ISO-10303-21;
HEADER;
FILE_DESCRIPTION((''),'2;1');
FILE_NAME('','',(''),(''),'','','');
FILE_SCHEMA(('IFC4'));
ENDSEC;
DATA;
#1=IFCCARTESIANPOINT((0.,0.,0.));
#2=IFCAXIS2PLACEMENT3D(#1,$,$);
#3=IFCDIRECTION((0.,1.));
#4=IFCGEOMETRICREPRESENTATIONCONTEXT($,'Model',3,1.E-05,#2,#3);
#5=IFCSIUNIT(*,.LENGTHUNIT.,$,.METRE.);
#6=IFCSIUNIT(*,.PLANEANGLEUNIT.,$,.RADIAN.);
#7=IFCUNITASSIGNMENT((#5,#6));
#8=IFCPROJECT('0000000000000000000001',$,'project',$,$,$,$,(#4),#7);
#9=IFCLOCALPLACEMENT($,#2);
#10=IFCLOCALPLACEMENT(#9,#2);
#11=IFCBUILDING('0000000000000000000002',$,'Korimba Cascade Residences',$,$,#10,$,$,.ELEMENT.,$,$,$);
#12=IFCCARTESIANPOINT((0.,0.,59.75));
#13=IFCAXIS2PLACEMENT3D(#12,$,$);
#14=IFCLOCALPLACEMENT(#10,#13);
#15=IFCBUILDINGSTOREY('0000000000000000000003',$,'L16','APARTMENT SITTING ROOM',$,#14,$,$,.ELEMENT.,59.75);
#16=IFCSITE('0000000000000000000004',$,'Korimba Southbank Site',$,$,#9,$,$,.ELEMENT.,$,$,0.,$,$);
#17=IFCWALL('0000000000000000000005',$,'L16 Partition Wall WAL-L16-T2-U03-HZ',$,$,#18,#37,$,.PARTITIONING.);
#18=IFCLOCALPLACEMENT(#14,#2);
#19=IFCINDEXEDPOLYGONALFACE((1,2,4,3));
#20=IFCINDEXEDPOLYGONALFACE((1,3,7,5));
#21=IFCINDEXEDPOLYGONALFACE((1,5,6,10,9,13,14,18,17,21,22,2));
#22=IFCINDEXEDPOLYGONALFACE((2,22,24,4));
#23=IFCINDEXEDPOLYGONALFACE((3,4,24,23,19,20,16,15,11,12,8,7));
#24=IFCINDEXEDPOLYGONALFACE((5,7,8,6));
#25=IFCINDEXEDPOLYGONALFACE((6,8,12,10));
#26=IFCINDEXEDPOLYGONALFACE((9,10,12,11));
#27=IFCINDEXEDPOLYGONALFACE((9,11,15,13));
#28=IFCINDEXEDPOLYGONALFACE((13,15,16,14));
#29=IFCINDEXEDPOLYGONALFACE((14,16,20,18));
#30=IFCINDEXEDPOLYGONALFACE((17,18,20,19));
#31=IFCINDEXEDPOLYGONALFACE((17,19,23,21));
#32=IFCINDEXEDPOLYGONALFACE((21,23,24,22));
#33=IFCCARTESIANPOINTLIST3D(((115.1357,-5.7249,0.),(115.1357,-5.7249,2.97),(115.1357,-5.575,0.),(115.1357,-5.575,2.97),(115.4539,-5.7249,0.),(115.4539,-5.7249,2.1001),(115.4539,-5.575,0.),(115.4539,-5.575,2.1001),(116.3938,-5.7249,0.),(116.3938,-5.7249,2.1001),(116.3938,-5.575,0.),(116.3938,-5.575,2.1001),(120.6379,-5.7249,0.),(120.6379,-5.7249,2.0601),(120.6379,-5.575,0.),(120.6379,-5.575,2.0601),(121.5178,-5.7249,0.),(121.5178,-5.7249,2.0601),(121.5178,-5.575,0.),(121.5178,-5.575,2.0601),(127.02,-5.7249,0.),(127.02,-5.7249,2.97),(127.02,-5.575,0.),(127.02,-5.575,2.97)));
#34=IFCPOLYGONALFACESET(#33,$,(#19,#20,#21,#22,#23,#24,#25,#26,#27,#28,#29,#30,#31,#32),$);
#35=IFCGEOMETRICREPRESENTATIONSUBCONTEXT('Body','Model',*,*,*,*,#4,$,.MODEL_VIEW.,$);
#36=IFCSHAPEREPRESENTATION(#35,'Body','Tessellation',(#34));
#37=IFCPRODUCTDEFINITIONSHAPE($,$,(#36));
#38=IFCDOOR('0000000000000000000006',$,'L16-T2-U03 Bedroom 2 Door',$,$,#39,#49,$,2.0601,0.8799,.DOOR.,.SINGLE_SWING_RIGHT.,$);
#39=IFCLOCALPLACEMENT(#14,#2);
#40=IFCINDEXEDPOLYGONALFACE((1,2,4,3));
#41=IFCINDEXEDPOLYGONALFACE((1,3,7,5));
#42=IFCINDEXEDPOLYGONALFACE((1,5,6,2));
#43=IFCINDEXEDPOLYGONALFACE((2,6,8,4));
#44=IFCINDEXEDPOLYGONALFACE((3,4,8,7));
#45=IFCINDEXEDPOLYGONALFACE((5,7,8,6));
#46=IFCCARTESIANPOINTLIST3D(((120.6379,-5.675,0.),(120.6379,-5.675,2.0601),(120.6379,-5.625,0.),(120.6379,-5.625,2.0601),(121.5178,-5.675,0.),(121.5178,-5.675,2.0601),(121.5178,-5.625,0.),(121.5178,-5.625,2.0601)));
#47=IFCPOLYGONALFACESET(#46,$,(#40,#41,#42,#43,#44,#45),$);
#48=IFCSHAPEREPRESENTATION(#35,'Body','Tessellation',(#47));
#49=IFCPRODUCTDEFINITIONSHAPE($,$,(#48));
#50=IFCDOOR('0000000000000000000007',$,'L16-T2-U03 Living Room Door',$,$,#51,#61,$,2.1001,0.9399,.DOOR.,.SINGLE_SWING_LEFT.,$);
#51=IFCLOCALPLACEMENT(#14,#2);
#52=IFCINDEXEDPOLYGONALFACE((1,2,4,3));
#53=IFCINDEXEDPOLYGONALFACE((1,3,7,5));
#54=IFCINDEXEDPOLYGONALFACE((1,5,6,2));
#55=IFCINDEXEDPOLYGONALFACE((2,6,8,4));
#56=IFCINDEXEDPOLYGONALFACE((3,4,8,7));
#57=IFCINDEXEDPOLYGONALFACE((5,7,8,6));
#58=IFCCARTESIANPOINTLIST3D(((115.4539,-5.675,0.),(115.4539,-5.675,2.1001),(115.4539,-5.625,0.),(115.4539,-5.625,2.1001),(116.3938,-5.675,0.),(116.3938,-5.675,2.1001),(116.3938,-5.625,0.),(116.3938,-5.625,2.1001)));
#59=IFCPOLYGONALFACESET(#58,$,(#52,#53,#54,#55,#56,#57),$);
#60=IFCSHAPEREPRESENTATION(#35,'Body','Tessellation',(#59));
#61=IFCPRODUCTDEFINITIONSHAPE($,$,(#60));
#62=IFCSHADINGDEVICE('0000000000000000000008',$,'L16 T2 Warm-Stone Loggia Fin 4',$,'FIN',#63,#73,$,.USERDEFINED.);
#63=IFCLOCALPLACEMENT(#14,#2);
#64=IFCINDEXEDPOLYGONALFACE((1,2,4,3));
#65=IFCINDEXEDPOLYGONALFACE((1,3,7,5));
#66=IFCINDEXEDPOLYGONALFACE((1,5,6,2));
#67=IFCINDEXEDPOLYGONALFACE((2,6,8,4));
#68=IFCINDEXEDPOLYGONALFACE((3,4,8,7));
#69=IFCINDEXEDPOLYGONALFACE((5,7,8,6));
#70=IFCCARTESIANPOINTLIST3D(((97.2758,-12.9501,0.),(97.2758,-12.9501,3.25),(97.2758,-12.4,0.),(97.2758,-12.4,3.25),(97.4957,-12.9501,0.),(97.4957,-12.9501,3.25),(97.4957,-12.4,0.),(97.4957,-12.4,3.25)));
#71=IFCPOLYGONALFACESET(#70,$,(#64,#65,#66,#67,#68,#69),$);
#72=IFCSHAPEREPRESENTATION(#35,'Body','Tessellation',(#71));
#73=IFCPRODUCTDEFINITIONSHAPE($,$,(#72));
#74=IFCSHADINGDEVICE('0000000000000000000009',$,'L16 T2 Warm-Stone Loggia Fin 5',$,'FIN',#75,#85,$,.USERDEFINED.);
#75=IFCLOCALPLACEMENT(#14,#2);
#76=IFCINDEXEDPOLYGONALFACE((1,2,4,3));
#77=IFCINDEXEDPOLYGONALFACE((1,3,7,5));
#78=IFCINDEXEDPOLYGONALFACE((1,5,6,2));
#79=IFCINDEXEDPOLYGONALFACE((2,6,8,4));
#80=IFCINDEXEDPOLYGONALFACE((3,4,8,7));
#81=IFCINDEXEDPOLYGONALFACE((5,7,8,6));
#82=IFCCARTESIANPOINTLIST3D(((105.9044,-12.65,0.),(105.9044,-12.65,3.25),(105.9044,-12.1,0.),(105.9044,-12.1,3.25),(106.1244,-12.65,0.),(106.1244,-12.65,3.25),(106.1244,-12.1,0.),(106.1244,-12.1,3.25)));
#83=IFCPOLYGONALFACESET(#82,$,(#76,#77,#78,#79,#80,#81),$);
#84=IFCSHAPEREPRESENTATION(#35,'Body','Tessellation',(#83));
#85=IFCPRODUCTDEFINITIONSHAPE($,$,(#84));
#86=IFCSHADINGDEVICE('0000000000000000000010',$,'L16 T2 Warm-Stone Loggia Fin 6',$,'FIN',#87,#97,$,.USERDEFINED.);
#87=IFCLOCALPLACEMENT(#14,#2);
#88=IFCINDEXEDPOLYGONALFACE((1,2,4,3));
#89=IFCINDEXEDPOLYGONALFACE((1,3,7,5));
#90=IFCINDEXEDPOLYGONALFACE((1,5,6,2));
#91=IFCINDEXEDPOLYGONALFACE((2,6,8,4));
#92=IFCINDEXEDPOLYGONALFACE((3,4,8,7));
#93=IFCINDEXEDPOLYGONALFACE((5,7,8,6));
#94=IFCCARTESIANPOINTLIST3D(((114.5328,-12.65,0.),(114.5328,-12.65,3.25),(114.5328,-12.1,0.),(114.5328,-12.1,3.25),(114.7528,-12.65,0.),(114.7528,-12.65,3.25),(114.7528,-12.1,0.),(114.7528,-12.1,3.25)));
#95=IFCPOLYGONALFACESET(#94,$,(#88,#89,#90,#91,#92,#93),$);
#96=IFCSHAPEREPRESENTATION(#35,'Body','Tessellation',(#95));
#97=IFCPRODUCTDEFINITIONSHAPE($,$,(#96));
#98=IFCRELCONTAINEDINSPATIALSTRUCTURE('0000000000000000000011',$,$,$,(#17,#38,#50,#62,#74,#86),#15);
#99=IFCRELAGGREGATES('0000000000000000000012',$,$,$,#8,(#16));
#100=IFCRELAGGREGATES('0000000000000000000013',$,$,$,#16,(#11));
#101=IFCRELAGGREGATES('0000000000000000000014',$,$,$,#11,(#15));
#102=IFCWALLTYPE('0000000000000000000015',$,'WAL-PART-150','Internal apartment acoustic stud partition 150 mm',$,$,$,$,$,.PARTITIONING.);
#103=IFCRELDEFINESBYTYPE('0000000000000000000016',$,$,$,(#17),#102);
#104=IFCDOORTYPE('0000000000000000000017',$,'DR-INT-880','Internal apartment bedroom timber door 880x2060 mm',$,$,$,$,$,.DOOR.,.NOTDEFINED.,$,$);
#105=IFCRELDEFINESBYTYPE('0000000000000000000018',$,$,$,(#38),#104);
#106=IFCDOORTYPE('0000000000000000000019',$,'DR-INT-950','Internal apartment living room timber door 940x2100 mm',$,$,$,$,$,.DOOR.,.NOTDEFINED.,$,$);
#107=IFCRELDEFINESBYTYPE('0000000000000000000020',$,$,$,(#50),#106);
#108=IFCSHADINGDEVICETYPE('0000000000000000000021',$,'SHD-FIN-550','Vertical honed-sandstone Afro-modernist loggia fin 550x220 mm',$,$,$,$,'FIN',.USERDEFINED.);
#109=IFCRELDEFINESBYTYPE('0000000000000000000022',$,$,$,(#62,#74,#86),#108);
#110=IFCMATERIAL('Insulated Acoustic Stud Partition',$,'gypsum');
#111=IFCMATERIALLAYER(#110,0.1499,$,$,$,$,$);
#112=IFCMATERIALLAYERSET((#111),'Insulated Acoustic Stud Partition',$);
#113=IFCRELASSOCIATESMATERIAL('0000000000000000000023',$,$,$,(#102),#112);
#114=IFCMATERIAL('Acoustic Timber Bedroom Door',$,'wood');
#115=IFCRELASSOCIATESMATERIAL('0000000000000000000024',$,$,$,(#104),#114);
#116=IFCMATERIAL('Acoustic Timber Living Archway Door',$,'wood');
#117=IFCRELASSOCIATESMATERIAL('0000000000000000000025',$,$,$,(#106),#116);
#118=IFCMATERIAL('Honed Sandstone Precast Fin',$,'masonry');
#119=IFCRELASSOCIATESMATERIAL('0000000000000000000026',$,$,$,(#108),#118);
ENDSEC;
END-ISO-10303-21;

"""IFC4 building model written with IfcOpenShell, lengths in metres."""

from ifc_helpers import new_model, si_unit, direction, frame, frame_2d, origin, origin_2d, place, context, subcontext, project, spatial, rectangle, extrude, material, layer, layer_set, type_object, element, fill, save


model = new_model("IFC4")

# Units and contexts
model_context = context("Model", 3, precision=1e-05, world=origin(), true_north=direction((0.0, 1.0)))
body_context = subcontext(model_context, "Body", "Model", "MODEL_VIEW")
ifc_project = project(units=[si_unit("LENGTHUNIT", "METRE"), si_unit("PLANEANGLEUNIT", "RADIAN")], contexts=[model_context])

# Site, building, storey
site_placement = place(None, origin())
site = spatial("IfcSite", under=ifc_project, at=site_placement, Name="Korimba Southbank Site", CompositionType="ELEMENT", RefElevation=0.0)
building_placement = place(site_placement, origin())
building = spatial("IfcBuilding", under=site, at=building_placement, Name="Korimba Cascade Residences", CompositionType="ELEMENT")
storey_placement = place(building_placement, frame((0.0, 0.0, 59.75)))
storey = spatial("IfcBuildingStorey", under=building, at=storey_placement, Name="L16", Description="APARTMENT SITTING ROOM", CompositionType="ELEMENT", Elevation=59.75)

# Shared definitions
ifc_material_1 = material(Name="Insulated Acoustic Stud Partition", Category="gypsum")
ifc_layer_1 = layer(ifc_material_1, 0.1499)
ifc_layer_set_1 = layer_set([ifc_layer_1], Name="Insulated Acoustic Stud Partition")
wall_type_1 = type_object("IfcWallType", Name="WAL-PART-150", Description="Internal apartment acoustic stud partition 150 mm", PredefinedType="PARTITIONING", material=ifc_layer_set_1)

# Wall, openings, doors
wall_1_placement = place(storey_placement, frame((115.1357, -5.6499, 0.0), z_axis=(0.0, 0.0, 1.0), x_axis=(1.0, 0.0, 0.0)))
wall_1 = element("IfcWall", 1, at=wall_1_placement, inside=storey, type_object=wall_type_1, Name="L16 Partition Wall WAL-L16-T2-U03-HZ", PredefinedType="PARTITIONING", context=body_context, shape_type="SweptSolid", body=[
    extrude(rectangle(XDim=11.8843, YDim=0.1499, at=frame_2d((5.9421, 0.0))), origin(), (0.0, 0.0, 1.0), 2.97),
])
opening_1_placement = place(wall_1_placement, frame((0.3181, 0.0, 0.0)))
opening_1 = element("IfcOpeningElement", 2, at=opening_1_placement, cuts=wall_1, PredefinedType="OPENING", context=body_context, shape_type="SweptSolid", body=[
    extrude(rectangle(XDim=0.9399, YDim=2.1001, at=frame_2d((0.47, 1.05))), frame((0.0, 0.085, 0.0), z_axis=(0.0, -1.0, 0.0), x_axis=(1.0, 0.0, 0.0)), (0.0, 0.0, 1.0), 0.1699),
])
opening_2_placement = place(wall_1_placement, frame((5.5022, 0.0, 0.0)))
opening_2 = element("IfcOpeningElement", 3, at=opening_2_placement, cuts=wall_1, PredefinedType="OPENING", context=body_context, shape_type="SweptSolid", body=[
    extrude(rectangle(XDim=0.8799, YDim=2.0601, at=frame_2d((0.4399, 1.03))), frame((0.0, 0.085, 0.0), z_axis=(0.0, -1.0, 0.0), x_axis=(1.0, 0.0, 0.0)), (0.0, 0.0, 1.0), 0.1699),
])
ifc_material_2 = material(Name="Acoustic Timber Bedroom Door", Category="wood")
door_type_1 = type_object("IfcDoorType", Name="DR-INT-880", Description="Internal apartment bedroom timber door 880x2060 mm", OperationType="NOTDEFINED", PredefinedType="DOOR", material=ifc_material_2)
door_1_placement = place(opening_2_placement, origin())
door_1 = element("IfcDoor", 4, at=door_1_placement, inside=storey, type_object=door_type_1, Name="L16-T2-U03 Bedroom 2 Door", OperationType="SINGLE_SWING_RIGHT", OverallHeight=2.0601, OverallWidth=0.8799, PredefinedType="DOOR", context=body_context, shape_type="SweptSolid", body=[
    extrude(rectangle(XDim=0.8799, YDim=2.0601, at=frame_2d((0.4399, 1.03))), frame((0.0, 0.0249, 0.0), z_axis=(0.0, -1.0, 0.0), x_axis=(1.0, 0.0, 0.0)), (0.0, 0.0, 1.0), 0.05),
])
fill(opening_2, door_1)
ifc_material_3 = material(Name="Acoustic Timber Living Archway Door", Category="wood")
door_type_2 = type_object("IfcDoorType", Name="DR-INT-950", Description="Internal apartment living room timber door 940x2100 mm", OperationType="NOTDEFINED", PredefinedType="DOOR", material=ifc_material_3)
door_2_placement = place(opening_1_placement, origin())
door_2 = element("IfcDoor", 5, at=door_2_placement, inside=storey, type_object=door_type_2, Name="L16-T2-U03 Living Room Door", OperationType="SINGLE_SWING_LEFT", OverallHeight=2.1001, OverallWidth=0.9399, PredefinedType="DOOR", context=body_context, shape_type="SweptSolid", body=[
    extrude(rectangle(XDim=0.9399, YDim=2.1001, at=frame_2d((0.47, 1.05))), frame((0.0, 0.0249, 0.0), z_axis=(0.0, -1.0, 0.0), x_axis=(1.0, 0.0, 0.0)), (0.0, 0.0, 1.0), 0.05),
])
fill(opening_1, door_2)

# Shading devices
ifc_material_4 = material(Name="Honed Sandstone Precast Fin", Category="masonry")
shading_device_type = type_object("IfcShadingDeviceType", Name="SHD-FIN-550", Description="Vertical honed-sandstone Afro-modernist loggia fin 550x220 mm", ElementType="FIN", PredefinedType="USERDEFINED", material=ifc_material_4)
for number, where, z_axis, x_axis, name in (
    (6, (97.3857, -12.675, 0.0), (0.0, 0.0, 1.0), (1.0, 0.0, 0.0), "L16 T2 Warm-Stone Loggia Fin 4"),
    (7, (106.0144, -12.375, 0.0), (0.0, 0.0, 1.0), (1.0, 0.0, 0.0), "L16 T2 Warm-Stone Loggia Fin 5"),
    (8, (114.6428, -12.375, 0.0), (0.0, 0.0, 1.0), (1.0, 0.0, 0.0), "L16 T2 Warm-Stone Loggia Fin 6"),
):
    element("IfcShadingDevice", number, at=place(storey_placement, frame(where, z_axis=z_axis, x_axis=x_axis)), inside=storey, type_object=shading_device_type, Name=name, ObjectType="FIN", PredefinedType="USERDEFINED", context=body_context, shape_type="SweptSolid", body=[
        extrude(rectangle(XDim=0.22, YDim=0.55, at=origin_2d()), origin(), (0.0, 0.0, 1.0), 3.25),
    ])

save(model, "model.ifc")
